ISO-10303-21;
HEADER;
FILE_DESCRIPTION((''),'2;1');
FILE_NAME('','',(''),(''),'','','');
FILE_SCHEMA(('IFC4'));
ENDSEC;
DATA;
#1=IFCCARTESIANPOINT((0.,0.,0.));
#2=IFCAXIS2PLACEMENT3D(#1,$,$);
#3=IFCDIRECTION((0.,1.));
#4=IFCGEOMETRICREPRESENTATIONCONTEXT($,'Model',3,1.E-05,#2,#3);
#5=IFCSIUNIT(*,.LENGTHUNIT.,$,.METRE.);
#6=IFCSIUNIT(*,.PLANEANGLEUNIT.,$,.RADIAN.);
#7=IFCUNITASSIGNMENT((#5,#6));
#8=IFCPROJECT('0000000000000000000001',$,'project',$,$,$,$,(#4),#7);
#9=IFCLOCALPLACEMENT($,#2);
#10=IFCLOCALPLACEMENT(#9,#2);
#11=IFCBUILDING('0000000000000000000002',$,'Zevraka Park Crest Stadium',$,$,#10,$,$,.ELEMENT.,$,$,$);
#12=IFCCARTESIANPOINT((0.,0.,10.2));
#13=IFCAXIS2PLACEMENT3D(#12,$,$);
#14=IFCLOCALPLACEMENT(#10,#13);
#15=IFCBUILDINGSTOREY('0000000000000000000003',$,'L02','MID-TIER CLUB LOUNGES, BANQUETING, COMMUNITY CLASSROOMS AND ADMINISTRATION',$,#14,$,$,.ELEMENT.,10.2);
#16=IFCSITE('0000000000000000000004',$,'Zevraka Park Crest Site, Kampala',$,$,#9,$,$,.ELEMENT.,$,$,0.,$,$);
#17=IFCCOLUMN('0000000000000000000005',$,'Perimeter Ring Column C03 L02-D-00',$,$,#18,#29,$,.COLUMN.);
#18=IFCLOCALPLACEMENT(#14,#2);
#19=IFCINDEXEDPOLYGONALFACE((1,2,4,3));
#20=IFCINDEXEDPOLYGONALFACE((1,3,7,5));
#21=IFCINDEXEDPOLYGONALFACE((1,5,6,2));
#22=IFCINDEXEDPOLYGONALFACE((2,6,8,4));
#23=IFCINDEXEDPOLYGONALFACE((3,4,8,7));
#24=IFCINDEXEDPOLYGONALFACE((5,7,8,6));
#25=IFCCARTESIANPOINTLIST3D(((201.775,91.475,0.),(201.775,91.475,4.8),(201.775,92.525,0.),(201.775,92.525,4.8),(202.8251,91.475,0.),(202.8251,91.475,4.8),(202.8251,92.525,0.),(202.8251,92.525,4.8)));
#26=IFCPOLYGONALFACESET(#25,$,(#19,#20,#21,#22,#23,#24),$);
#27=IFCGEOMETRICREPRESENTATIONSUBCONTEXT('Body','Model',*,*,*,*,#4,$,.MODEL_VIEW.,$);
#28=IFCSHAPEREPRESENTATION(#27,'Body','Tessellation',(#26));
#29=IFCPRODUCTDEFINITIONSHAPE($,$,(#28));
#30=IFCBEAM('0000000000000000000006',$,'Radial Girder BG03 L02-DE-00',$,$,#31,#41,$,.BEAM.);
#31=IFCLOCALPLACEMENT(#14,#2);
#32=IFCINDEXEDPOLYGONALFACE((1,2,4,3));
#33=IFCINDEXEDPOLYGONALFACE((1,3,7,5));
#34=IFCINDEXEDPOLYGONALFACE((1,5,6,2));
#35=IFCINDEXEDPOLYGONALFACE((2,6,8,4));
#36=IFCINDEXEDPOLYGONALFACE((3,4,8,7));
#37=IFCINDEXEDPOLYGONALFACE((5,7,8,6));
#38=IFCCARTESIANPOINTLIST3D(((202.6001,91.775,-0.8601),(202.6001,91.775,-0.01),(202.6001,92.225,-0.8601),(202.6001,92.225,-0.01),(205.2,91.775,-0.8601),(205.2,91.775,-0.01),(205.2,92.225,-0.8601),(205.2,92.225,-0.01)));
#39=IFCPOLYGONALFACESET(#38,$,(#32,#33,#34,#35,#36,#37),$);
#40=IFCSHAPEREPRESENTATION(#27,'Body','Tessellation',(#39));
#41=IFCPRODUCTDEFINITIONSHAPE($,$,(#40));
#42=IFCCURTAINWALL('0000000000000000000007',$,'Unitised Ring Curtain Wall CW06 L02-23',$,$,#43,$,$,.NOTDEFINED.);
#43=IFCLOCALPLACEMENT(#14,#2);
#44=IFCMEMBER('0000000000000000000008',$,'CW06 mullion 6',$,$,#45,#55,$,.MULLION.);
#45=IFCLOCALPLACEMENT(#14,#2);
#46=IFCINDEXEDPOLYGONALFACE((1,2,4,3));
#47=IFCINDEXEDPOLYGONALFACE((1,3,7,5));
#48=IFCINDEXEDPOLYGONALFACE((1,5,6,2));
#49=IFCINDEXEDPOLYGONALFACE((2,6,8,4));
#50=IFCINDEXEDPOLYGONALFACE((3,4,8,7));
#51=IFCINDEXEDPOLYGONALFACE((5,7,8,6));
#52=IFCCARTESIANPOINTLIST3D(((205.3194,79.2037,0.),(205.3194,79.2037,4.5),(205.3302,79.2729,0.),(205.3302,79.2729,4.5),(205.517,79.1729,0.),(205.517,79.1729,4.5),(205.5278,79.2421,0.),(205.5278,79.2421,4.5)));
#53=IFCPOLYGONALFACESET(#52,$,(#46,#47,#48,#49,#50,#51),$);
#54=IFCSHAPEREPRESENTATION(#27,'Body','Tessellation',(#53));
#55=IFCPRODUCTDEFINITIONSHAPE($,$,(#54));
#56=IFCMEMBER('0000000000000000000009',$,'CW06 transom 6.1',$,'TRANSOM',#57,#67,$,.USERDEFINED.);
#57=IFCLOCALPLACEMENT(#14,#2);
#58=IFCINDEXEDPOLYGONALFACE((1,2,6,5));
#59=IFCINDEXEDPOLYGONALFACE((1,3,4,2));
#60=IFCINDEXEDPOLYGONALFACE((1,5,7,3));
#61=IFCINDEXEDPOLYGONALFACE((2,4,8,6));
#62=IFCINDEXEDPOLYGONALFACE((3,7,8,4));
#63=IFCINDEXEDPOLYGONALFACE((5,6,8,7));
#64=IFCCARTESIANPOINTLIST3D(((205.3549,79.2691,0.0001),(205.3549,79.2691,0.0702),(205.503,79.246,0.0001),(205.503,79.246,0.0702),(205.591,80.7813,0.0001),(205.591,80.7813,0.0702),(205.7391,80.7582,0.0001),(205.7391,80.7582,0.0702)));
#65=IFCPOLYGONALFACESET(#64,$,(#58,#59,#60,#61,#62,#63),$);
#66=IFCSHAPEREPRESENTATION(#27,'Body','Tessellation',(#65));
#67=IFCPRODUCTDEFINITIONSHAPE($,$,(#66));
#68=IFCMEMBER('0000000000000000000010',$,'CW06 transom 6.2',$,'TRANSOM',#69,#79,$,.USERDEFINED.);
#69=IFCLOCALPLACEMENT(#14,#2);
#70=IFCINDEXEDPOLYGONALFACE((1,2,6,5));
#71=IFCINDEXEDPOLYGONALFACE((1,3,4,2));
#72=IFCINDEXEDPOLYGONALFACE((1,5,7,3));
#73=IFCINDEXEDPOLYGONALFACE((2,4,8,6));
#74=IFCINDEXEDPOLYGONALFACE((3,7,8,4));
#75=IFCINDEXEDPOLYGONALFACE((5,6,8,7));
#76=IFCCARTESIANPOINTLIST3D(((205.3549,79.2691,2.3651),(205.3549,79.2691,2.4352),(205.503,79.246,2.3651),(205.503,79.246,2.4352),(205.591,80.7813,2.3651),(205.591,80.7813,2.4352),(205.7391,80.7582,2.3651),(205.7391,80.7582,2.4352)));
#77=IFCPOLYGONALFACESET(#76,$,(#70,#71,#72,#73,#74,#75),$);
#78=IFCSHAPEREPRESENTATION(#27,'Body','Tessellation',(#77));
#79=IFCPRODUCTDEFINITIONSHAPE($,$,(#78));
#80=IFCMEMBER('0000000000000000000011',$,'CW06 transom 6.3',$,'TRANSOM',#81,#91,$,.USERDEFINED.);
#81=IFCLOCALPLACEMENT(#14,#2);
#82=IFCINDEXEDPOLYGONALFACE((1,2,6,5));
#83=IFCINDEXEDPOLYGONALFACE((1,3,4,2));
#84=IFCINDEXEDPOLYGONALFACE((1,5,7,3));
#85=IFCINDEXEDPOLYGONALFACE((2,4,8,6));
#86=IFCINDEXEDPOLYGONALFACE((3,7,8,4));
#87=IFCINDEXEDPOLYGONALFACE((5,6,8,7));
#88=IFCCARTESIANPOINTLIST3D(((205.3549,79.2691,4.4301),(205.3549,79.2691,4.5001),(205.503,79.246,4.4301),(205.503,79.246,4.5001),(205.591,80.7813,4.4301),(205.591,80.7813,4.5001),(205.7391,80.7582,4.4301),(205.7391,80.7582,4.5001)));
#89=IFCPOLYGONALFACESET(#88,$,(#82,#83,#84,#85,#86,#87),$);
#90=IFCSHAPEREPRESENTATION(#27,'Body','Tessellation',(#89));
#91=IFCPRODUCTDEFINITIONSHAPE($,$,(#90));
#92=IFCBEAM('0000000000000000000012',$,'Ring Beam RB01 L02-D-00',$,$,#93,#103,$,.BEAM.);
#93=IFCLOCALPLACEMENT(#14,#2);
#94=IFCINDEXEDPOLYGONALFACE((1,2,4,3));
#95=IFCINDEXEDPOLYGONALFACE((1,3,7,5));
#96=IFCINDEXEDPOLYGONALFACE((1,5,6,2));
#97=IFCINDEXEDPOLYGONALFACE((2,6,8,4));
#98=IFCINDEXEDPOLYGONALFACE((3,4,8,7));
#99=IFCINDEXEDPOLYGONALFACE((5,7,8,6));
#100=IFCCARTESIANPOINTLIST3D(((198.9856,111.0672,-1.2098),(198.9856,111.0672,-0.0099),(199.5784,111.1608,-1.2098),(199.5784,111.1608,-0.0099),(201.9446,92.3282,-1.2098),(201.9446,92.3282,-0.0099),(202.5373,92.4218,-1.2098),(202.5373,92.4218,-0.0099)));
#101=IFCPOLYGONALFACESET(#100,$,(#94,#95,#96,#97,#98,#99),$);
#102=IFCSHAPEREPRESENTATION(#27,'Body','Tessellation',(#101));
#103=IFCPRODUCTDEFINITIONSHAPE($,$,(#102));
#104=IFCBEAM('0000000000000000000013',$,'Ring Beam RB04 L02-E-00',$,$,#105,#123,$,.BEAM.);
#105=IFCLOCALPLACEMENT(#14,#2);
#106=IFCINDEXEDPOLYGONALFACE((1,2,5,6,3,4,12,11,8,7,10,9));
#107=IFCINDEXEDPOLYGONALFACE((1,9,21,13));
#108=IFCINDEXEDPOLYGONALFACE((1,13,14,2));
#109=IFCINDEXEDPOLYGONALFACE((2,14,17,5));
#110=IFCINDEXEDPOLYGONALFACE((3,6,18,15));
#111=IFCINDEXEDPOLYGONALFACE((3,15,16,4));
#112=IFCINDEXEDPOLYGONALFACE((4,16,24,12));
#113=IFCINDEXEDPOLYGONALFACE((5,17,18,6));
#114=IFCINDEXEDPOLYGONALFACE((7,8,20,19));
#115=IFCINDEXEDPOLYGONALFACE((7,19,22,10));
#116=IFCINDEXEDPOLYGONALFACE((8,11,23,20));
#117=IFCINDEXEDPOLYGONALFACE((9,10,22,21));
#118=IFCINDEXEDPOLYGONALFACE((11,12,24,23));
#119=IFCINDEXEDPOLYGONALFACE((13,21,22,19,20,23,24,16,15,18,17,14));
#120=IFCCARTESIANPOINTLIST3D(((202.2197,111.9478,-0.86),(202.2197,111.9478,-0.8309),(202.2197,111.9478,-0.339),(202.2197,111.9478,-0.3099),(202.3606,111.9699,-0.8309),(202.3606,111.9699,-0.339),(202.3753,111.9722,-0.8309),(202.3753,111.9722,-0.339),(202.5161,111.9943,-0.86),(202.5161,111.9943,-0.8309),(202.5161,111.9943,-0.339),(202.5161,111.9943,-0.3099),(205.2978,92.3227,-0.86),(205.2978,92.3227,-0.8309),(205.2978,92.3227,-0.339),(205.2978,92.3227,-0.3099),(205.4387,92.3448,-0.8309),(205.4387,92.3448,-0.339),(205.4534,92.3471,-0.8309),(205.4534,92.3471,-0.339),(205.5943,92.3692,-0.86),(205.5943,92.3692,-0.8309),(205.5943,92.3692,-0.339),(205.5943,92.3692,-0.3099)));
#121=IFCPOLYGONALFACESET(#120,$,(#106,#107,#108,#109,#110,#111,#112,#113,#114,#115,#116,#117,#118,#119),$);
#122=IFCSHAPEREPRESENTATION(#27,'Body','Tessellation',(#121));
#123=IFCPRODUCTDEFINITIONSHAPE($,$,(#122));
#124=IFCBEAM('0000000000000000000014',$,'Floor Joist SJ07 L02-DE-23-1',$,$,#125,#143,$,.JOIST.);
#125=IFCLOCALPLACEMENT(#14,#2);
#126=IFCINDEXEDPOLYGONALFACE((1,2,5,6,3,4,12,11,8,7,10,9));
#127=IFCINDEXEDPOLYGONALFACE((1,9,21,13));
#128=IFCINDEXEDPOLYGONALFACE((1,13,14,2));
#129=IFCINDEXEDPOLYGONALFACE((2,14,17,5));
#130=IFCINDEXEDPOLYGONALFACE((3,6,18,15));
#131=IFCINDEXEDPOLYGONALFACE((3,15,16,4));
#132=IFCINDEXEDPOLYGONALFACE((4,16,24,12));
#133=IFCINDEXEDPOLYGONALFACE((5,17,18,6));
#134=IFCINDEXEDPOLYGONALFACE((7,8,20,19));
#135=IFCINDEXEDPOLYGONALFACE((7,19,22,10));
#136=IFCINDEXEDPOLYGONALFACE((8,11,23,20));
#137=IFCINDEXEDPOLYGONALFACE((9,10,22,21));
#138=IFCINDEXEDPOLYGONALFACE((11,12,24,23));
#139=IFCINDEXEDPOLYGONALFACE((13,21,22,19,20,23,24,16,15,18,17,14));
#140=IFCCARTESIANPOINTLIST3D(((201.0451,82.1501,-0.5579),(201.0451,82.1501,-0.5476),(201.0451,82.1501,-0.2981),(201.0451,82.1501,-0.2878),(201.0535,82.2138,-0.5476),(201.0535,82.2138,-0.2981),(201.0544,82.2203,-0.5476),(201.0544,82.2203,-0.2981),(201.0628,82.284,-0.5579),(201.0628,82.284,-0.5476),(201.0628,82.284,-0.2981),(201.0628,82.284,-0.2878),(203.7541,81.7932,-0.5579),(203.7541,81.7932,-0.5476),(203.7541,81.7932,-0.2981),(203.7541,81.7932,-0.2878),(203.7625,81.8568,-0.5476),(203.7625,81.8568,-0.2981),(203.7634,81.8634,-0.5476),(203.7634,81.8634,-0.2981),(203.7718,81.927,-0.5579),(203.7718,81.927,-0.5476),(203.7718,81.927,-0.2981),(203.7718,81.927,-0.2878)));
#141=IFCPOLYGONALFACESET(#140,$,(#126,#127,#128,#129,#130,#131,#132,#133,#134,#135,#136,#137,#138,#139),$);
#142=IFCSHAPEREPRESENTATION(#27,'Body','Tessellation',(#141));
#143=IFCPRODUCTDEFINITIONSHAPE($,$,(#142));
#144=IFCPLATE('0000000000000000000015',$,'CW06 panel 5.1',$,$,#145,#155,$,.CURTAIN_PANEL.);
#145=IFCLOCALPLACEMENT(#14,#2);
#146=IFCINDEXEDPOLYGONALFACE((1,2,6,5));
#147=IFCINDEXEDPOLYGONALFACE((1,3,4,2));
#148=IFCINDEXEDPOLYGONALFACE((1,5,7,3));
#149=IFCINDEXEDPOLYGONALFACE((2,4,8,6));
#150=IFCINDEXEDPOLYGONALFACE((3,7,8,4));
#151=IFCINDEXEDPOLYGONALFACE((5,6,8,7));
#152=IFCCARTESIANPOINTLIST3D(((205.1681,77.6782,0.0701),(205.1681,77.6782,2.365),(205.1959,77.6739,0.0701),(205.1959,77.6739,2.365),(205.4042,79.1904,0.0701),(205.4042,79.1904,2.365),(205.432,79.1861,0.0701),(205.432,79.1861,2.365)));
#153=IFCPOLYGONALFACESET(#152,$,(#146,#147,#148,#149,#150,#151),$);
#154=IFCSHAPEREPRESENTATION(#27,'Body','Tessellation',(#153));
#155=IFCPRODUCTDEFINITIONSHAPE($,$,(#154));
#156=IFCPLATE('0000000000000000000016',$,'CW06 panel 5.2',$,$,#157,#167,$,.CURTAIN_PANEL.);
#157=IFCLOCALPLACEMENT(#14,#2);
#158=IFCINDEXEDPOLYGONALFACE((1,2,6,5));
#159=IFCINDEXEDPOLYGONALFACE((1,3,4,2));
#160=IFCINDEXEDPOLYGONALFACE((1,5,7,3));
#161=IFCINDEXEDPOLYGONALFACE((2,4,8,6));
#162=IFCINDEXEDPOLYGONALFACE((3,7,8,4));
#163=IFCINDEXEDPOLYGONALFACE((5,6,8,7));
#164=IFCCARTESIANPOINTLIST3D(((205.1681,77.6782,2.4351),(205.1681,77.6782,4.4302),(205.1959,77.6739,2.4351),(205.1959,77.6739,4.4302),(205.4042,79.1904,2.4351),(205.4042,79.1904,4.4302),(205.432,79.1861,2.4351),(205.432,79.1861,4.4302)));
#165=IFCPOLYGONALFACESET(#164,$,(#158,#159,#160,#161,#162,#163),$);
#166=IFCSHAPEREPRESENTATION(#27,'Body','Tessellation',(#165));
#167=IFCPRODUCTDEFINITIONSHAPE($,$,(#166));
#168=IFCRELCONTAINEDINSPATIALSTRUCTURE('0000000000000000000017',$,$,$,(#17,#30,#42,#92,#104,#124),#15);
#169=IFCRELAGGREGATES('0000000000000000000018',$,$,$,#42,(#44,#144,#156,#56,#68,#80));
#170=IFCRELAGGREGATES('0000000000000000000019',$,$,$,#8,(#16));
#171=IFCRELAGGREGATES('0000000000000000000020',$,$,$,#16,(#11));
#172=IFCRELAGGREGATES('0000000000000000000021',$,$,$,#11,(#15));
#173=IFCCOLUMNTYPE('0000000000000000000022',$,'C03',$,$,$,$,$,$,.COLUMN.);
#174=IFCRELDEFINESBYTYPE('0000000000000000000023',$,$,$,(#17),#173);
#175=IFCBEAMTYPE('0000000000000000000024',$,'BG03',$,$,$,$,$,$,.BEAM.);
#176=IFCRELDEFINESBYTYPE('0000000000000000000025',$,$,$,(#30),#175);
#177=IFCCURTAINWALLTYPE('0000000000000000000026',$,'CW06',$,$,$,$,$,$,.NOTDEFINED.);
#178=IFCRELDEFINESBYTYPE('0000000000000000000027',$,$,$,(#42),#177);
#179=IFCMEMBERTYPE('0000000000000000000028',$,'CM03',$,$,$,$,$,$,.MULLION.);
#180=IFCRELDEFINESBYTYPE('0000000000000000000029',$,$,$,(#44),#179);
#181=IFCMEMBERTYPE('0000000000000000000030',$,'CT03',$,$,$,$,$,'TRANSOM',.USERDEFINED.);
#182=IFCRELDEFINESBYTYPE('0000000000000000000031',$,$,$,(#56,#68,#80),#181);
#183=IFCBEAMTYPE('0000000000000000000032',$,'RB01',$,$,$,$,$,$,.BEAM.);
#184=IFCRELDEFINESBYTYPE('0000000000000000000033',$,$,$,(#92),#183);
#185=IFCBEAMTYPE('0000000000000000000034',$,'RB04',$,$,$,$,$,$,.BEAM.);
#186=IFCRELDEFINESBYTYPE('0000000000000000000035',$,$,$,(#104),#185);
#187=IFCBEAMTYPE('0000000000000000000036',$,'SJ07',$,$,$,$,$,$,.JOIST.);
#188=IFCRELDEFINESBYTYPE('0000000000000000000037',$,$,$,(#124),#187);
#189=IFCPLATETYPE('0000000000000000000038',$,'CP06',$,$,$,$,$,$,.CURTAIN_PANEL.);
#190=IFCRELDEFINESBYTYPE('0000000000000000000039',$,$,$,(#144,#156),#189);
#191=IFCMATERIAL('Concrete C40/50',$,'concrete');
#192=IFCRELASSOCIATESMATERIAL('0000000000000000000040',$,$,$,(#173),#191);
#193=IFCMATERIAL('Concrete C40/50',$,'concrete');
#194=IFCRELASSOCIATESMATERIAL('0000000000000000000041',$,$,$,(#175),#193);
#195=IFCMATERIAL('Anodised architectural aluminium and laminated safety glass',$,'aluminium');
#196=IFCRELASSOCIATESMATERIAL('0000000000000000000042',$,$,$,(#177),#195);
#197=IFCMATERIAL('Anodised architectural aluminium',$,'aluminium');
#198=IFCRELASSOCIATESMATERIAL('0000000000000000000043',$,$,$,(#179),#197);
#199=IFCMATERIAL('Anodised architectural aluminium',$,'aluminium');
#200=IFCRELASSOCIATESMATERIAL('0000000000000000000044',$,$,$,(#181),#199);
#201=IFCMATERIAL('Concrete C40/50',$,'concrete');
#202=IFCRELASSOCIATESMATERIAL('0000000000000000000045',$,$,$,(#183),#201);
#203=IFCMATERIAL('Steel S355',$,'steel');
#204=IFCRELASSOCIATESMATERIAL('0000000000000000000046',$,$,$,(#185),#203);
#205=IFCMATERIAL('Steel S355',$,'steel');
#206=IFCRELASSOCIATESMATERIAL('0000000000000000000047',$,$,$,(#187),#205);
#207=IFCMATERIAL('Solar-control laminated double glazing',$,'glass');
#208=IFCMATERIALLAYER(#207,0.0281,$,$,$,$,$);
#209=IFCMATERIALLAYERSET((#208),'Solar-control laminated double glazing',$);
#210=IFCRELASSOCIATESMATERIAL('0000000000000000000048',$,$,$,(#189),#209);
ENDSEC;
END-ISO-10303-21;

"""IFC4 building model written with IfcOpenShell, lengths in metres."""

from ifc_helpers import new_model, si_unit, direction, frame, origin, origin_2d, place, context, subcontext, project, spatial, rectangle, i_section, extrude, material, layer, layer_set, material_profile, profile_set, type_object, element, aggregate, save


model = new_model("IFC4")

# Units and contexts
model_context = context("Model", 3, precision=1e-05, world=origin(), true_north=direction((0.0, 1.0)))
body_context = subcontext(model_context, "Body", "Model", "MODEL_VIEW")
ifc_project = project(units=[si_unit("LENGTHUNIT", "METRE"), si_unit("PLANEANGLEUNIT", "RADIAN")], contexts=[model_context])

# Site, building, storey
site_placement = place(None, origin())
site = spatial("IfcSite", under=ifc_project, at=site_placement, Name="Zevraka Park Crest Site, Kampala", CompositionType="ELEMENT", RefElevation=0.0)
building_placement = place(site_placement, origin())
building = spatial("IfcBuilding", under=site, at=building_placement, Name="Zevraka Park Crest Stadium", CompositionType="ELEMENT")
storey_placement = place(building_placement, frame((0.0, 0.0, 10.2)))
storey = spatial("IfcBuildingStorey", under=building, at=storey_placement, Name="L02", Description="MID-TIER CLUB LOUNGES, BANQUETING, COMMUNITY CLASSROOMS AND ADMINISTRATION", CompositionType="ELEMENT", Elevation=10.2)

# Column
ifc_material_1 = material(Name="Concrete C40/50", Category="concrete")
ifc_material_profile_1 = material_profile(ifc_material_1, rectangle(XDim=1.05, YDim=1.05, at=origin_2d()), Name="RC 1050x1050")
ifc_profile_set_1 = profile_set([ifc_material_profile_1], Name="Concrete C40/50")
column_type = type_object("IfcColumnType", Name="C03", PredefinedType="COLUMN", material=ifc_profile_set_1)
column_placement = place(storey_placement, frame((202.3, 92.0, 0.0), z_axis=(0.0, 0.0, 1.0), x_axis=(1.0, 0.0, 0.0)))
element("IfcColumn", 1, at=column_placement, inside=storey, type_object=column_type, Name="Perimeter Ring Column C03 L02-D-00", PredefinedType="COLUMN", context=body_context, shape_type="SweptSolid", body=[
    extrude(rectangle(XDim=1.05, YDim=1.05, at=origin_2d()), origin(), (0.0, 0.0, 1.0), 4.8),
])

# Beam
ifc_material_2 = material(Name="Concrete C40/50", Category="concrete")
ifc_material_profile_2 = material_profile(ifc_material_2, rectangle(XDim=0.45, YDim=0.8501, at=origin_2d()), Name="RC 850x450")
ifc_profile_set_2 = profile_set([ifc_material_profile_2], Name="Concrete C40/50")
beam_type_1 = type_object("IfcBeamType", Name="BG03", PredefinedType="BEAM", material=ifc_profile_set_2)
beam_1_placement = place(storey_placement, frame((202.6001, 92.0, -0.4351), z_axis=(1.0, 0.0, 0.0), x_axis=(0.0, 1.0, 0.0)))
element("IfcBeam", 2, at=beam_1_placement, inside=storey, type_object=beam_type_1, Name="Radial Girder BG03 L02-DE-00", PredefinedType="BEAM", context=body_context, shape_type="SweptSolid", body=[
    extrude(rectangle(XDim=0.45, YDim=0.8501, at=origin_2d()), origin(), (0.0, 0.0, 1.0), 2.5999),
])

# Curtain wall, members
ifc_material_3 = material(Name="Anodised architectural aluminium and laminated safety glass", Category="aluminium")
curtain_wall_type = type_object("IfcCurtainWallType", Name="CW06", PredefinedType="NOTDEFINED", material=ifc_material_3)
curtain_wall_placement = place(storey_placement, origin())
curtain_wall = element("IfcCurtainWall", 3, at=curtain_wall_placement, inside=storey, type_object=curtain_wall_type, Name="Unitised Ring Curtain Wall CW06 L02-23", PredefinedType="NOTDEFINED")
ifc_material_4 = material(Name="Anodised architectural aluminium", Category="aluminium")
ifc_material_profile_3 = material_profile(ifc_material_4, rectangle(XDim=0.2, YDim=0.0701, at=origin_2d()), Name="ALU MULLION 200x70")
ifc_profile_set_3 = profile_set([ifc_material_profile_3], Name="Anodised architectural aluminium")
member_type_1 = type_object("IfcMemberType", Name="CM03", PredefinedType="MULLION", material=ifc_profile_set_3)
member_1_placement = place(storey_placement, frame((205.4236, 79.2229, 0.0), z_axis=(0.0, 0.0, 1.0), x_axis=(-0.988028, 0.154274, 0.0)))
member_1 = element("IfcMember", 4, at=member_1_placement, type_object=member_type_1, Name="CW06 mullion 6", PredefinedType="MULLION", context=body_context, shape_type="SweptSolid", body=[
    extrude(rectangle(XDim=0.2, YDim=0.0701, at=origin_2d()), origin(), (0.0, 0.0, 1.0), 4.5),
])
ifc_material_5 = material(Name="Anodised architectural aluminium", Category="aluminium")
ifc_material_profile_4 = material_profile(ifc_material_5, rectangle(XDim=0.1499, YDim=0.0701, at=origin_2d()), Name="ALU TRANSOM 150x70")
ifc_profile_set_4 = profile_set([ifc_material_profile_4], Name="Anodised architectural aluminium")
member_type_2 = type_object("IfcMemberType", Name="CT03", ElementType="TRANSOM", PredefinedType="USERDEFINED", material=ifc_profile_set_4)
member_2_placement = place(storey_placement, frame((205.429, 79.2576, 0.0352), z_axis=(0.15425, 0.988032, 0.0), x_axis=(-0.988032, 0.15425, 0.0)))
member_2 = element("IfcMember", 5, at=member_2_placement, type_object=member_type_2, Name="CW06 transom 6.1", ObjectType="TRANSOM", PredefinedType="USERDEFINED", context=body_context, shape_type="SweptSolid", body=[
    extrude(rectangle(XDim=0.1499, YDim=0.0701, at=origin_2d()), origin(), (0.0, 0.0, 1.0), 1.5305),
])
member_3_placement = place(storey_placement, frame((205.429, 79.2576, 2.4001), z_axis=(0.15425, 0.988032, 0.0), x_axis=(-0.988032, 0.15425, 0.0)))
member_3 = element("IfcMember", 6, at=member_3_placement, type_object=member_type_2, Name="CW06 transom 6.2", ObjectType="TRANSOM", PredefinedType="USERDEFINED", context=body_context, shape_type="SweptSolid", body=[
    extrude(rectangle(XDim=0.1499, YDim=0.0701, at=origin_2d()), origin(), (0.0, 0.0, 1.0), 1.5305),
])
member_4_placement = place(storey_placement, frame((205.429, 79.2576, 4.4651), z_axis=(0.15425, 0.988032, 0.0), x_axis=(-0.988032, 0.15425, 0.0)))
member_4 = element("IfcMember", 7, at=member_4_placement, type_object=member_type_2, Name="CW06 transom 6.3", ObjectType="TRANSOM", PredefinedType="USERDEFINED", context=body_context, shape_type="SweptSolid", body=[
    extrude(rectangle(XDim=0.1499, YDim=0.0701, at=origin_2d()), origin(), (0.0, 0.0, 1.0), 1.5305),
])

# Beams
ifc_material_6 = material(Name="Concrete C40/50", Category="concrete")
ifc_material_profile_5 = material_profile(ifc_material_6, rectangle(XDim=0.6001, YDim=1.2, at=origin_2d()), Name="RC 1200x600")
ifc_profile_set_5 = profile_set([ifc_material_profile_5], Name="Concrete C40/50")
beam_type_2 = type_object("IfcBeamType", Name="RB01", PredefinedType="BEAM", material=ifc_profile_set_5)
beam_2_placement = place(storey_placement, frame((202.241, 92.375, -0.6099), z_axis=(-0.155972, 0.987761, 0.0), x_axis=(-0.987761, -0.155972, 0.0)))
element("IfcBeam", 8, at=beam_2_placement, inside=storey, type_object=beam_type_2, Name="Ring Beam RB01 L02-D-00", PredefinedType="BEAM", context=body_context, shape_type="SweptSolid", body=[
    extrude(rectangle(XDim=0.6001, YDim=1.2, at=origin_2d()), origin(), (0.0, 0.0, 1.0), 18.9712),
])
ifc_material_7 = material(Name="Steel S355", Category="steel")
ifc_material_profile_6 = material_profile(ifc_material_7, i_section(OverallWidth=0.3, OverallDepth=0.55, WebThickness=0.0149, FlangeThickness=0.0291, at=origin_2d()), Name="HEB 550")
ifc_profile_set_6 = profile_set([ifc_material_profile_6], Name="Steel S355")
beam_type_3 = type_object("IfcBeamType", Name="RB04", PredefinedType="BEAM", material=ifc_profile_set_6)
beam_3_placement = place(storey_placement, frame((205.446, 92.3459, -0.585), z_axis=(-0.154953, 0.987922, 0.0), x_axis=(-0.987922, -0.154953, 0.0)))
element("IfcBeam", 9, at=beam_3_placement, inside=storey, type_object=beam_type_3, Name="Ring Beam RB04 L02-E-00", PredefinedType="BEAM", context=body_context, shape_type="SweptSolid", body=[
    extrude(i_section(OverallWidth=0.3, OverallDepth=0.55, WebThickness=0.0149, FlangeThickness=0.0291, at=origin_2d()), origin(), (0.0, 0.0, 1.0), 19.865),
])
ifc_material_8 = material(Name="Steel S355", Category="steel")
ifc_material_profile_7 = material_profile(ifc_material_8, i_section(OverallWidth=0.135, OverallDepth=0.27, WebThickness=0.0066, FlangeThickness=0.0103, at=origin_2d()), Name="IPE 270")
ifc_profile_set_7 = profile_set([ifc_material_profile_7], Name="Steel S355")
beam_type_4 = type_object("IfcBeamType", Name="SJ07", PredefinedType="JOIST", material=ifc_profile_set_7)
beam_4_placement = place(storey_placement, frame((201.054, 82.217, -0.4229), z_axis=(0.991431, -0.13063, 0.0), x_axis=(0.13063, 0.991431, 0.0)))
element("IfcBeam", 10, at=beam_4_placement, inside=storey, type_object=beam_type_4, Name="Floor Joist SJ07 L02-DE-23-1", PredefinedType="JOIST", context=body_context, shape_type="SweptSolid", body=[
    extrude(i_section(OverallWidth=0.135, OverallDepth=0.27, WebThickness=0.0066, FlangeThickness=0.0103, at=origin_2d()), origin(), (0.0, 0.0, 1.0), 2.7324),
])

# Plates
ifc_material_9 = material(Name="Solar-control laminated double glazing", Category="glass")
ifc_layer_1 = layer(ifc_material_9, 0.0281)
ifc_layer_set_1 = layer_set([ifc_layer_1], Name="Solar-control laminated double glazing")
plate_type = type_object("IfcPlateType", Name="CP06", PredefinedType="CURTAIN_PANEL", material=ifc_layer_set_1)
plate_1_placement = place(storey_placement, frame((205.3, 78.4321, 0.0701), z_axis=(0.0, 0.0, 1.0), x_axis=(0.154274, 0.988028, 0.0)))
plate_1 = element("IfcPlate", 11, at=plate_1_placement, type_object=plate_type, Name="CW06 panel 5.1", PredefinedType="CURTAIN_PANEL", context=body_context, shape_type="SweptSolid", body=[
    extrude(rectangle(XDim=1.5305, YDim=0.0281, at=origin_2d()), origin(), (0.0, 0.0, 1.0), 2.2949),
])
plate_2_placement = place(storey_placement, frame((205.3, 78.4321, 2.4351), z_axis=(0.0, 0.0, 1.0), x_axis=(0.154274, 0.988028, 0.0)))
plate_2 = element("IfcPlate", 12, at=plate_2_placement, type_object=plate_type, Name="CW06 panel 5.2", PredefinedType="CURTAIN_PANEL", context=body_context, shape_type="SweptSolid", body=[
    extrude(rectangle(XDim=1.5305, YDim=0.0281, at=origin_2d()), origin(), (0.0, 0.0, 1.0), 1.9951),
])
aggregate(curtain_wall, [member_1, plate_1, plate_2, member_2, member_3, member_4])

save(model, "model.ifc")
